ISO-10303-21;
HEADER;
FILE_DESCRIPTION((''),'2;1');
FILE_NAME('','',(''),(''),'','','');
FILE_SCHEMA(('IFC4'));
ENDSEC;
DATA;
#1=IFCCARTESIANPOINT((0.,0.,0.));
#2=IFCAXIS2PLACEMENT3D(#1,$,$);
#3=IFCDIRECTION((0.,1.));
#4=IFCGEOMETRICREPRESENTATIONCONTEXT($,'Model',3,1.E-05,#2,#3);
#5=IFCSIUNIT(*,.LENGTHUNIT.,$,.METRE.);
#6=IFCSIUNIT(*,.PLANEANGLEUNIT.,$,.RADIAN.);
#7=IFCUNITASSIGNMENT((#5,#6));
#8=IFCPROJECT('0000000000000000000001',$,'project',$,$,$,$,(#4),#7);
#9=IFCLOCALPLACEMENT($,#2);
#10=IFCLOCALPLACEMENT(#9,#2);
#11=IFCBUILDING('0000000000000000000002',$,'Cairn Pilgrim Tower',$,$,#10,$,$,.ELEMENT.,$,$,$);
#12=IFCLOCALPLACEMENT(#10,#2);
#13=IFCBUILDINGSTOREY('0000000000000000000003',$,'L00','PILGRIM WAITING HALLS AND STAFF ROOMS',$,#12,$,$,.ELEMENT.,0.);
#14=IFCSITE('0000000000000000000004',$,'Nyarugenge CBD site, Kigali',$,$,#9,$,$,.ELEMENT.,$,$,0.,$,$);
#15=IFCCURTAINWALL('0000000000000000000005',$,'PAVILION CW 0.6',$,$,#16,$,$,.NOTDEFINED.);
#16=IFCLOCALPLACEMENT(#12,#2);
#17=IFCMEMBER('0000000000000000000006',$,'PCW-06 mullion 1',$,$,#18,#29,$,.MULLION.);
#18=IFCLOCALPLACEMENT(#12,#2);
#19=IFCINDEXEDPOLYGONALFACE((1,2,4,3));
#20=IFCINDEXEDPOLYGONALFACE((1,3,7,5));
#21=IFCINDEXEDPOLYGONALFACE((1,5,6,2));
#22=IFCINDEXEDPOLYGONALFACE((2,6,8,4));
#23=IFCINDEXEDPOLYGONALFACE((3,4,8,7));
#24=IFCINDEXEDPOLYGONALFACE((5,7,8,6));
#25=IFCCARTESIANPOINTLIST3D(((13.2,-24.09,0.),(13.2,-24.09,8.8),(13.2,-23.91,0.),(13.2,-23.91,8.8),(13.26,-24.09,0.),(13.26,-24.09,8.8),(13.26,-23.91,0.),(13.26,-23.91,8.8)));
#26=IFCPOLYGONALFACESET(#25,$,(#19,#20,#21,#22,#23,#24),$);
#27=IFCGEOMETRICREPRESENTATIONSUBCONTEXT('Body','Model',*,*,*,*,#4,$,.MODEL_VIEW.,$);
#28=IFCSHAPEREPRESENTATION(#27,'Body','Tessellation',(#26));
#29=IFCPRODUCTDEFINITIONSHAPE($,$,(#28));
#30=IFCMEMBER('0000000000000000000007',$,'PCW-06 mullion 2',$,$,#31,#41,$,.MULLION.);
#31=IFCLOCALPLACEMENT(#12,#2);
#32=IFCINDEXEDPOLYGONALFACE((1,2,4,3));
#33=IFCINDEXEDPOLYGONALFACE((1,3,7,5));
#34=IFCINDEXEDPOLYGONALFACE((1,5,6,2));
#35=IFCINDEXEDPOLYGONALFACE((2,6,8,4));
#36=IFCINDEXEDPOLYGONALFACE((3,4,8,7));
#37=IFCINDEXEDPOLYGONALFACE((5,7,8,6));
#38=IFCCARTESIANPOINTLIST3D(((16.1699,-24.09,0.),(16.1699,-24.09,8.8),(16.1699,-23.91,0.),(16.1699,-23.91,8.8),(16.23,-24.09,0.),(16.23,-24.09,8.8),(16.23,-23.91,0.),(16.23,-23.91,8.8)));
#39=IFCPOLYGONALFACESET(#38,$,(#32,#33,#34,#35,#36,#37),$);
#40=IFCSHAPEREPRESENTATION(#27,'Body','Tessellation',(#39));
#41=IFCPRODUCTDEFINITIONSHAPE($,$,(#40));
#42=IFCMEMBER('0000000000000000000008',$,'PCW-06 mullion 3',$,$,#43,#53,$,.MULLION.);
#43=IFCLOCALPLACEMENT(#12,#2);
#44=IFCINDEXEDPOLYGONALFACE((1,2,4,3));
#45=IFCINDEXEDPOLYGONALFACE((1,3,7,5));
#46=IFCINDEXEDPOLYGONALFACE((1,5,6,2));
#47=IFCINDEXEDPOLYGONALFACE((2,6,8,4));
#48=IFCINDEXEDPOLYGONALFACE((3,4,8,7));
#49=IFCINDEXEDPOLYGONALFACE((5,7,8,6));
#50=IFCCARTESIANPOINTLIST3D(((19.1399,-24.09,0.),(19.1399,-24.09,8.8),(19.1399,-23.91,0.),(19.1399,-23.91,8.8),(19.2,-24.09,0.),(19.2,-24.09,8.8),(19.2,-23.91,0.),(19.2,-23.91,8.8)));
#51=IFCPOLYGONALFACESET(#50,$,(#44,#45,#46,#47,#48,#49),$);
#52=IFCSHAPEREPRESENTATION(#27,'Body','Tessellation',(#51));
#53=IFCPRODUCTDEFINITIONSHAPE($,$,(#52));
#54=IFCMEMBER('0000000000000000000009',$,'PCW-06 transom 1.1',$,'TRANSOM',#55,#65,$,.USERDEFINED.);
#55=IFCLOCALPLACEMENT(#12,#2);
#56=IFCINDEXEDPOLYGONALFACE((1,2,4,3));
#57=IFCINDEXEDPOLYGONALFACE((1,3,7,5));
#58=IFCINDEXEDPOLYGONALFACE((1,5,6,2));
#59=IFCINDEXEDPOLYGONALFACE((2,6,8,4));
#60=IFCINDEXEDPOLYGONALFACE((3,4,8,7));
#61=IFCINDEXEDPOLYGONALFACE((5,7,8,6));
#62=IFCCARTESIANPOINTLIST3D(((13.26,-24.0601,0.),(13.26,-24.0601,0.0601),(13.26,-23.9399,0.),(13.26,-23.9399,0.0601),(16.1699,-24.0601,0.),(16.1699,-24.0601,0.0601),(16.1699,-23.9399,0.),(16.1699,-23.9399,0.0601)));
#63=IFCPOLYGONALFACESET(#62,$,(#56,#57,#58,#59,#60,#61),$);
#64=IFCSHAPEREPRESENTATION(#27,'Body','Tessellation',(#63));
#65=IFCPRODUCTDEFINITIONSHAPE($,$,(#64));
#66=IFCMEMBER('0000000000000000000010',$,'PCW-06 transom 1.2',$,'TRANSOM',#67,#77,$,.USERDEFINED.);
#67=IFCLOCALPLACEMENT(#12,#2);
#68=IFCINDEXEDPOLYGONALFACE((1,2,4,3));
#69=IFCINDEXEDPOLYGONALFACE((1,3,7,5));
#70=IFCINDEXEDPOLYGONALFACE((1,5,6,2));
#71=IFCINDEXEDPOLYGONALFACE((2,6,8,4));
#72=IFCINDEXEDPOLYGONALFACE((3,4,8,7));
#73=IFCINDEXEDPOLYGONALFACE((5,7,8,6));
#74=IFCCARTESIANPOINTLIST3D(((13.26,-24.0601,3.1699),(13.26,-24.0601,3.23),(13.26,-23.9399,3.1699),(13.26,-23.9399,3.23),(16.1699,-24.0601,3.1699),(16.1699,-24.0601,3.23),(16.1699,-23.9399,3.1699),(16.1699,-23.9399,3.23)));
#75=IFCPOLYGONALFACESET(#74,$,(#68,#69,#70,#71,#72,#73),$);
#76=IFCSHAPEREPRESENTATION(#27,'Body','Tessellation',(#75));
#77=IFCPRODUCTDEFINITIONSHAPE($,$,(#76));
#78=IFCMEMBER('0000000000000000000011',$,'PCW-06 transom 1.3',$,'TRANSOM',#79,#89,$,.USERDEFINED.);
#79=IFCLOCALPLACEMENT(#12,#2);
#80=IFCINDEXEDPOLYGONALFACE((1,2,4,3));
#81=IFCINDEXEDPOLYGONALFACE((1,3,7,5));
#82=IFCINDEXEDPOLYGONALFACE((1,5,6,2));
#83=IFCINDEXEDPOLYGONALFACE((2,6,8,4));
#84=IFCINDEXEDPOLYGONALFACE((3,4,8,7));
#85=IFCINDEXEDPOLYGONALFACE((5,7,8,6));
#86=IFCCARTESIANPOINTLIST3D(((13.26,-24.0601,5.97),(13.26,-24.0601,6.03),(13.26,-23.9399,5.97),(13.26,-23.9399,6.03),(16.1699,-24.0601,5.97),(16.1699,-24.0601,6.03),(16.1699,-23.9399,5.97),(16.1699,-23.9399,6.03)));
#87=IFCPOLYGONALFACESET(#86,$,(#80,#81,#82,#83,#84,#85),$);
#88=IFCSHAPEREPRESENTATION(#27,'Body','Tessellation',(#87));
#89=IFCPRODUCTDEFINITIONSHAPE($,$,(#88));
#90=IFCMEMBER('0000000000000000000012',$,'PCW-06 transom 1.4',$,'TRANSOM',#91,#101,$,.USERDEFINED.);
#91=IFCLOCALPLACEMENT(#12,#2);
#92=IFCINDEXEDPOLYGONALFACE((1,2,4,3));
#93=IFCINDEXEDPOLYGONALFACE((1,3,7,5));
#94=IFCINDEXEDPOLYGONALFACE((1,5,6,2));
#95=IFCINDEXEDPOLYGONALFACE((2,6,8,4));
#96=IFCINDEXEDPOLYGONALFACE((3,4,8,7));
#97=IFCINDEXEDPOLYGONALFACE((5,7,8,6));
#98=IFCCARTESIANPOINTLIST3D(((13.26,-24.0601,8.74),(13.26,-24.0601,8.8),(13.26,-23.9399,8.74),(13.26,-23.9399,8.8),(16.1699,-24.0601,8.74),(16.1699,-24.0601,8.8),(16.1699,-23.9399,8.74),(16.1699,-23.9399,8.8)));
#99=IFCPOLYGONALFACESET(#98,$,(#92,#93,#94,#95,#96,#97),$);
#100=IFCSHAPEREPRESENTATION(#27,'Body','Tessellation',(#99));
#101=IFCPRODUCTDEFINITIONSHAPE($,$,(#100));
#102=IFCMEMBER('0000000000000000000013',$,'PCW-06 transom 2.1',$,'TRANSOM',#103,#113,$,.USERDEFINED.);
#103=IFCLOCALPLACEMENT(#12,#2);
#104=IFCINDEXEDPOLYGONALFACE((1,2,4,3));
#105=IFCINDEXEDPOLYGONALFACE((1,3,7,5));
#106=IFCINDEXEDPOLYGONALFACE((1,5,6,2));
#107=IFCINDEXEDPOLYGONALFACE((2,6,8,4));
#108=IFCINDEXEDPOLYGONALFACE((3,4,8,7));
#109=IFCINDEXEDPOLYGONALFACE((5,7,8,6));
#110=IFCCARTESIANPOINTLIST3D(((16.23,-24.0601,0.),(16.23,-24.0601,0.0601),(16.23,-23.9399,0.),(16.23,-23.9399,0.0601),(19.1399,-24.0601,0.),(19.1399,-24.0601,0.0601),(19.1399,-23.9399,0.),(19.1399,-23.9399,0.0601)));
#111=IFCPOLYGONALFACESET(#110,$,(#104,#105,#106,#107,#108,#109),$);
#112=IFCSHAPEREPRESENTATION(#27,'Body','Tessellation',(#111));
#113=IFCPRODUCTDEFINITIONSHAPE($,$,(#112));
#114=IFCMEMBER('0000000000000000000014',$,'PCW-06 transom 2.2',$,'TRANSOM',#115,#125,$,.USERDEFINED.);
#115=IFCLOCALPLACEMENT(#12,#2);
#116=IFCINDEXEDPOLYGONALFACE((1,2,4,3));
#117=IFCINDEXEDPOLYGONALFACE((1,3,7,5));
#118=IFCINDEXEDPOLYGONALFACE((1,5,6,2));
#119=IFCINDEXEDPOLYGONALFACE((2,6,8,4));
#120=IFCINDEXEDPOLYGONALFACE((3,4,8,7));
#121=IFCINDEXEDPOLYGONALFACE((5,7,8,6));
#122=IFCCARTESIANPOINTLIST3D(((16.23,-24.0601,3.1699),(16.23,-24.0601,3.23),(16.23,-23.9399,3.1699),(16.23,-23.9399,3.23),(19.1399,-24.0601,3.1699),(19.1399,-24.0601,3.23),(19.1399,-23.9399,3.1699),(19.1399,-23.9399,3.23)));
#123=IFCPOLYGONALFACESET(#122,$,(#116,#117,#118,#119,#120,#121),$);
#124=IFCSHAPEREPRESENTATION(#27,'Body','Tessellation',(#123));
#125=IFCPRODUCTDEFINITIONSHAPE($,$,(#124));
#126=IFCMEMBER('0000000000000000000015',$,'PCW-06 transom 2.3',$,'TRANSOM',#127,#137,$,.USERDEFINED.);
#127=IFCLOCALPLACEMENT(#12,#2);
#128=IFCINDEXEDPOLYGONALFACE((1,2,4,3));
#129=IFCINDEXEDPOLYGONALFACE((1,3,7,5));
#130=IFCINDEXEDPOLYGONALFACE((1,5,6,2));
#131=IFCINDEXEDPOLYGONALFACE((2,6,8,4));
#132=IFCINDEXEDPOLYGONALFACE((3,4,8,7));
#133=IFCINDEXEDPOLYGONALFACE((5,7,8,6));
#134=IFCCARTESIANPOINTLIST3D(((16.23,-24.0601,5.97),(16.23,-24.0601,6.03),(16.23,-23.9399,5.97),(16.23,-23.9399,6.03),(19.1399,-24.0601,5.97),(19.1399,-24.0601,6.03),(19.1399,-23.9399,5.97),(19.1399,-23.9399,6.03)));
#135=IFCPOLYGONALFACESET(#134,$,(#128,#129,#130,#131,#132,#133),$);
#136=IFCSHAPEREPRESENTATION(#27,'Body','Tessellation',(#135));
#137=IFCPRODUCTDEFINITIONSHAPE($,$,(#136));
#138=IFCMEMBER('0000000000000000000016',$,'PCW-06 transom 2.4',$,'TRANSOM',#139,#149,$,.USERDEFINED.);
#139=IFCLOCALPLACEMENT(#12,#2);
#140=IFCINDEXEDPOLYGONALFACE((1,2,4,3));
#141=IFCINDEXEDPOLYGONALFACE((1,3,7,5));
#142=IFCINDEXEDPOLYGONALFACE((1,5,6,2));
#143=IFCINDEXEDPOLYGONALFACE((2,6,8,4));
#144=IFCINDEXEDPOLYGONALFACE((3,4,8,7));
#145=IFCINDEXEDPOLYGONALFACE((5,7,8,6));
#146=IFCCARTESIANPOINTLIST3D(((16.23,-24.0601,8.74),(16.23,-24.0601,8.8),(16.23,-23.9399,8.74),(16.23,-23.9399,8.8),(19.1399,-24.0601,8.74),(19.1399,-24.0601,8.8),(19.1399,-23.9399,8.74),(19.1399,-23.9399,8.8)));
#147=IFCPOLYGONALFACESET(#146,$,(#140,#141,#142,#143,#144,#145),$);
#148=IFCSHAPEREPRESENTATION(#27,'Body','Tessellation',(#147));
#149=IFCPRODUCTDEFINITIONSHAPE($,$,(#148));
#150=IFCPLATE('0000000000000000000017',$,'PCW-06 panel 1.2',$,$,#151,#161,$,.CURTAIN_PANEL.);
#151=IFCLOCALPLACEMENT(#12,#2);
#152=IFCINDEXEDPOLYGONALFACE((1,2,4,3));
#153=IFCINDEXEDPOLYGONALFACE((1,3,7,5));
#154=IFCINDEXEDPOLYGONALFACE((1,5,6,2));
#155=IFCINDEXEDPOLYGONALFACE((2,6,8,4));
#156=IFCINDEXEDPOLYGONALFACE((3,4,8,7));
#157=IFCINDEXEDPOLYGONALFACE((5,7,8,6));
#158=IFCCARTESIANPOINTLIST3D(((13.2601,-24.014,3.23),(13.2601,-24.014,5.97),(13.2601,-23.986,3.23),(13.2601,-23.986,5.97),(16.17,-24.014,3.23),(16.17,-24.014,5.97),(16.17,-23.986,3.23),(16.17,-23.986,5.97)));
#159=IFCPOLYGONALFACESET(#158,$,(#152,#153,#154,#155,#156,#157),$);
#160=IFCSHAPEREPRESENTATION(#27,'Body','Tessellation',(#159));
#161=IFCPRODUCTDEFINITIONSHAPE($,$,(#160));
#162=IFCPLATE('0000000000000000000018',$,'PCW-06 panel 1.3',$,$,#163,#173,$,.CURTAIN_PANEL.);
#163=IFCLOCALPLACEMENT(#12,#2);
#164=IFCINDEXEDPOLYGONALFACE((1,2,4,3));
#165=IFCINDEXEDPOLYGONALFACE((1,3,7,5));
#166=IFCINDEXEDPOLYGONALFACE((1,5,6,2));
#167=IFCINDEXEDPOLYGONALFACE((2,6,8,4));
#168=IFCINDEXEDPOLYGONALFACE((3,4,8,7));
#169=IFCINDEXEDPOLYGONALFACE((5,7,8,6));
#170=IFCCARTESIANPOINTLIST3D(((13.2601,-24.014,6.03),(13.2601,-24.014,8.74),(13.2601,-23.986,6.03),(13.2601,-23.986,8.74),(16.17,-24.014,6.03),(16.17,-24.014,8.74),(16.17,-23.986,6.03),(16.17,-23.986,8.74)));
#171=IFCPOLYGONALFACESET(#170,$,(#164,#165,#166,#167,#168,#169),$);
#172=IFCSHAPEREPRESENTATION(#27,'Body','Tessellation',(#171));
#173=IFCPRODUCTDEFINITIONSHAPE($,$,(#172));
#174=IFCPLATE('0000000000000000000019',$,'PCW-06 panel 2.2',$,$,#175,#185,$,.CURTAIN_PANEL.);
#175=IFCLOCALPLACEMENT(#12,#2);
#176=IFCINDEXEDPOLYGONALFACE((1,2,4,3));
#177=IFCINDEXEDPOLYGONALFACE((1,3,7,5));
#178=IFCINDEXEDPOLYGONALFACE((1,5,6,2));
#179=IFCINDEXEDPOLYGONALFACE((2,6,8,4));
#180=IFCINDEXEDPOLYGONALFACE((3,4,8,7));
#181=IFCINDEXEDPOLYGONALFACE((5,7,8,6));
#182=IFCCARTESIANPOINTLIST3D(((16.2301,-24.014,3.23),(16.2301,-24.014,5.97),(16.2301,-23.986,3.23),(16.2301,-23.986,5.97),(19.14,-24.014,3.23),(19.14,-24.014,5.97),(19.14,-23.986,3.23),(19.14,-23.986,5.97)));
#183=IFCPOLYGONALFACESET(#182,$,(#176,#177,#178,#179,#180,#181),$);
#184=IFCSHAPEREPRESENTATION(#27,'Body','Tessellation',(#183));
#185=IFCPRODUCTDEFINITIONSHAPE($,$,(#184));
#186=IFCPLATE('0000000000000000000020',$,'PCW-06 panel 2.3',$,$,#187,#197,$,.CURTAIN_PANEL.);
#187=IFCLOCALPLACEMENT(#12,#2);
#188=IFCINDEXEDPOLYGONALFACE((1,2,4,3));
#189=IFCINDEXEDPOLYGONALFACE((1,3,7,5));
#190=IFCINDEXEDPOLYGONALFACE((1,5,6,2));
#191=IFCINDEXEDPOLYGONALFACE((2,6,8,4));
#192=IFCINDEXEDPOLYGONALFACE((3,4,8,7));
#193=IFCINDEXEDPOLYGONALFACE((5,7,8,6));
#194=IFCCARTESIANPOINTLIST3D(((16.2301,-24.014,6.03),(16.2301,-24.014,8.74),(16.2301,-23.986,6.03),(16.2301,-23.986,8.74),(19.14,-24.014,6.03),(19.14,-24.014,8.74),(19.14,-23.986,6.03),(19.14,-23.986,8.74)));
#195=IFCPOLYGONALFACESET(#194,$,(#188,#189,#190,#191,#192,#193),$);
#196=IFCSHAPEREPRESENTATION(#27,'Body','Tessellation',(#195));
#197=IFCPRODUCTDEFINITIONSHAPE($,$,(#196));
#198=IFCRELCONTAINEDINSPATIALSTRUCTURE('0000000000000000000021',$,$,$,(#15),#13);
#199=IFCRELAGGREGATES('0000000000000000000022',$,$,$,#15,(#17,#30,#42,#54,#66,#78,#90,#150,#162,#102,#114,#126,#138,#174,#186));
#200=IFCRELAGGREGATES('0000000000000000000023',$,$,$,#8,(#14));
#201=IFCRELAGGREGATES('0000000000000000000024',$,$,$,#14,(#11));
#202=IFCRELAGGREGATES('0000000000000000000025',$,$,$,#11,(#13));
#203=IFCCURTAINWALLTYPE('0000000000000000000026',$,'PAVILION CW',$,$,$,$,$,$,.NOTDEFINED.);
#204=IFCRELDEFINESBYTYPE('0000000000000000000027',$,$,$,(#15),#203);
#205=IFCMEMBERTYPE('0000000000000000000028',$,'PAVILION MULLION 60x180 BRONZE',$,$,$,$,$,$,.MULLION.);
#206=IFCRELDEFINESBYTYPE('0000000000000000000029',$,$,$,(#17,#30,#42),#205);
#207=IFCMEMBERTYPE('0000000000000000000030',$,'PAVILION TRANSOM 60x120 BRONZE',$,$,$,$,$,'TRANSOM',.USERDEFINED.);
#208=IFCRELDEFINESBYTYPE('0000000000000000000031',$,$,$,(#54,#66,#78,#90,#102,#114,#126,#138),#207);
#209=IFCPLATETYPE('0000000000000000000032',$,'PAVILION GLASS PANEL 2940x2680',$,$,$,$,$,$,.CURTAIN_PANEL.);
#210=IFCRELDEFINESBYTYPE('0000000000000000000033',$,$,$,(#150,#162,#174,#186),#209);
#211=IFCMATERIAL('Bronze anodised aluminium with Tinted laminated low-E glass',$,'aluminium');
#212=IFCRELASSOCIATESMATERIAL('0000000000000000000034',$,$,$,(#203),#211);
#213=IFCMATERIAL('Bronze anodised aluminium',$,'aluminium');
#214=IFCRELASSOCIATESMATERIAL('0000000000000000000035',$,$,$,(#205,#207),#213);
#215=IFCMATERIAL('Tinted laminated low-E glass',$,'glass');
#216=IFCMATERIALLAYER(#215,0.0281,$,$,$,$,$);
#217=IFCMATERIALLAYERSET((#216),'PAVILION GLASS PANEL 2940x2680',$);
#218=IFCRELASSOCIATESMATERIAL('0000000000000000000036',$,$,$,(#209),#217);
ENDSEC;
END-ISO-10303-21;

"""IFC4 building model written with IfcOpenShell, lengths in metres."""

from ifc_helpers import new_model, si_unit, direction, frame, origin, origin_2d, place, context, subcontext, project, spatial, rectangle, extrude, material, layer, layer_set, material_profile, profile_set, type_object, element, aggregate, save


model = new_model("IFC4")

# Units and contexts
model_context = context("Model", 3, precision=1e-05, world=origin(), true_north=direction((0.0, 1.0)))
body_context = subcontext(model_context, "Body", "Model", "MODEL_VIEW")
ifc_project = project(units=[si_unit("LENGTHUNIT", "METRE"), si_unit("PLANEANGLEUNIT", "RADIAN")], contexts=[model_context])

# Site, building, storey
site_placement = place(None, origin())
site = spatial("IfcSite", under=ifc_project, at=site_placement, Name="Nyarugenge CBD site, Kigali", CompositionType="ELEMENT", RefElevation=0.0)
building_placement = place(site_placement, origin())
building = spatial("IfcBuilding", under=site, at=building_placement, Name="Cairn Pilgrim Tower", CompositionType="ELEMENT")
storey_placement = place(building_placement, origin())
storey = spatial("IfcBuildingStorey", under=building, at=storey_placement, Name="L00", Description="PILGRIM WAITING HALLS AND STAFF ROOMS", CompositionType="ELEMENT", Elevation=0.0)

# Curtain wall, members, plates
ifc_material_1 = material(Name="Bronze anodised aluminium with Tinted laminated low-E glass", Category="aluminium")
curtain_wall_type = type_object("IfcCurtainWallType", Name="PAVILION CW", PredefinedType="NOTDEFINED", material=ifc_material_1)
curtain_wall_placement = place(storey_placement, origin())
curtain_wall = element("IfcCurtainWall", 1, at=curtain_wall_placement, inside=storey, type_object=curtain_wall_type, Name="PAVILION CW 0.6", PredefinedType="NOTDEFINED")
ifc_material_2 = material(Name="Bronze anodised aluminium", Category="aluminium")
ifc_material_profile_1 = material_profile(ifc_material_2, rectangle(XDim=0.1799, YDim=0.0601, at=origin_2d()), Name="PAVILION MULLION 60x180 BRONZE")
ifc_profile_set_1 = profile_set([ifc_material_profile_1], Name="Bronze anodised aluminium")
member_type_1 = type_object("IfcMemberType", Name="PAVILION MULLION 60x180 BRONZE", PredefinedType="MULLION", material=ifc_profile_set_1)
member_1_placement = place(storey_placement, frame((13.23, -24.0, 0.0), z_axis=(0.0, 0.0, 1.0), x_axis=(0.0, 1.0, 0.0)))
member_1 = element("IfcMember", 2, at=member_1_placement, type_object=member_type_1, Name="PCW-06 mullion 1", PredefinedType="MULLION", context=body_context, shape_type="SweptSolid", body=[
    extrude(rectangle(XDim=0.1799, YDim=0.0601, at=origin_2d()), origin(), (0.0, 0.0, 1.0), 8.8),
])
member_2_placement = place(storey_placement, frame((16.2, -24.0, 0.0), z_axis=(0.0, 0.0, 1.0), x_axis=(0.0, 1.0, 0.0)))
member_2 = element("IfcMember", 3, at=member_2_placement, type_object=member_type_1, Name="PCW-06 mullion 2", PredefinedType="MULLION", context=body_context, shape_type="SweptSolid", body=[
    extrude(rectangle(XDim=0.1799, YDim=0.0601, at=origin_2d()), origin(), (0.0, 0.0, 1.0), 8.8),
])
member_3_placement = place(storey_placement, frame((19.1699, -24.0, 0.0), z_axis=(0.0, 0.0, 1.0), x_axis=(0.0, 1.0, 0.0)))
member_3 = element("IfcMember", 4, at=member_3_placement, type_object=member_type_1, Name="PCW-06 mullion 3", PredefinedType="MULLION", context=body_context, shape_type="SweptSolid", body=[
    extrude(rectangle(XDim=0.1799, YDim=0.0601, at=origin_2d()), origin(), (0.0, 0.0, 1.0), 8.8),
])
ifc_material_profile_2 = material_profile(ifc_material_2, rectangle(XDim=0.1201, YDim=0.0601, at=origin_2d()), Name="PAVILION TRANSOM 60x120 BRONZE")
ifc_profile_set_2 = profile_set([ifc_material_profile_2], Name="Bronze anodised aluminium")
member_type_2 = type_object("IfcMemberType", Name="PAVILION TRANSOM 60x120 BRONZE", ElementType="TRANSOM", PredefinedType="USERDEFINED", material=ifc_profile_set_2)
member_4_placement = place(storey_placement, frame((13.26, -24.0, 0.03), z_axis=(1.0, 0.0, 0.0), x_axis=(0.0, 1.0, 0.0)))
member_4 = element("IfcMember", 5, at=member_4_placement, type_object=member_type_2, Name="PCW-06 transom 1.1", ObjectType="TRANSOM", PredefinedType="USERDEFINED", context=body_context, shape_type="SweptSolid", body=[
    extrude(rectangle(XDim=0.1201, YDim=0.0601, at=origin_2d()), origin(), (0.0, 0.0, 1.0), 2.9099),
])
member_5_placement = place(storey_placement, frame((13.26, -24.0, 3.2), z_axis=(1.0, 0.0, 0.0), x_axis=(0.0, 1.0, 0.0)))
member_5 = element("IfcMember", 6, at=member_5_placement, type_object=member_type_2, Name="PCW-06 transom 1.2", ObjectType="TRANSOM", PredefinedType="USERDEFINED", context=body_context, shape_type="SweptSolid", body=[
    extrude(rectangle(XDim=0.1201, YDim=0.0601, at=origin_2d()), origin(), (0.0, 0.0, 1.0), 2.9099),
])
member_6_placement = place(storey_placement, frame((13.26, -24.0, 6.0), z_axis=(1.0, 0.0, 0.0), x_axis=(0.0, 1.0, 0.0)))
member_6 = element("IfcMember", 7, at=member_6_placement, type_object=member_type_2, Name="PCW-06 transom 1.3", ObjectType="TRANSOM", PredefinedType="USERDEFINED", context=body_context, shape_type="SweptSolid", body=[
    extrude(rectangle(XDim=0.1201, YDim=0.0601, at=origin_2d()), origin(), (0.0, 0.0, 1.0), 2.9099),
])
member_7_placement = place(storey_placement, frame((13.26, -24.0, 8.77), z_axis=(1.0, 0.0, 0.0), x_axis=(0.0, 1.0, 0.0)))
member_7 = element("IfcMember", 8, at=member_7_placement, type_object=member_type_2, Name="PCW-06 transom 1.4", ObjectType="TRANSOM", PredefinedType="USERDEFINED", context=body_context, shape_type="SweptSolid", body=[
    extrude(rectangle(XDim=0.1201, YDim=0.0601, at=origin_2d()), origin(), (0.0, 0.0, 1.0), 2.9099),
])
member_8_placement = place(storey_placement, frame((16.23, -24.0, 0.03), z_axis=(1.0, 0.0, 0.0), x_axis=(0.0, 1.0, 0.0)))
member_8 = element("IfcMember", 9, at=member_8_placement, type_object=member_type_2, Name="PCW-06 transom 2.1", ObjectType="TRANSOM", PredefinedType="USERDEFINED", context=body_context, shape_type="SweptSolid", body=[
    extrude(rectangle(XDim=0.1201, YDim=0.0601, at=origin_2d()), origin(), (0.0, 0.0, 1.0), 2.9099),
])
member_9_placement = place(storey_placement, frame((16.23, -24.0, 3.2), z_axis=(1.0, 0.0, 0.0), x_axis=(0.0, 1.0, 0.0)))
member_9 = element("IfcMember", 10, at=member_9_placement, type_object=member_type_2, Name="PCW-06 transom 2.2", ObjectType="TRANSOM", PredefinedType="USERDEFINED", context=body_context, shape_type="SweptSolid", body=[
    extrude(rectangle(XDim=0.1201, YDim=0.0601, at=origin_2d()), origin(), (0.0, 0.0, 1.0), 2.9099),
])
member_10_placement = place(storey_placement, frame((16.23, -24.0, 6.0), z_axis=(1.0, 0.0, 0.0), x_axis=(0.0, 1.0, 0.0)))
member_10 = element("IfcMember", 11, at=member_10_placement, type_object=member_type_2, Name="PCW-06 transom 2.3", ObjectType="TRANSOM", PredefinedType="USERDEFINED", context=body_context, shape_type="SweptSolid", body=[
    extrude(rectangle(XDim=0.1201, YDim=0.0601, at=origin_2d()), origin(), (0.0, 0.0, 1.0), 2.9099),
])
member_11_placement = place(storey_placement, frame((16.23, -24.0, 8.77), z_axis=(1.0, 0.0, 0.0), x_axis=(0.0, 1.0, 0.0)))
member_11 = element("IfcMember", 12, at=member_11_placement, type_object=member_type_2, Name="PCW-06 transom 2.4", ObjectType="TRANSOM", PredefinedType="USERDEFINED", context=body_context, shape_type="SweptSolid", body=[
    extrude(rectangle(XDim=0.1201, YDim=0.0601, at=origin_2d()), origin(), (0.0, 0.0, 1.0), 2.9099),
])
ifc_material_3 = material(Name="Tinted laminated low-E glass", Category="glass")
ifc_layer_1 = layer(ifc_material_3, 0.0281)
ifc_layer_set_1 = layer_set([ifc_layer_1], Name="PAVILION GLASS PANEL 2940x2680")
plate_type_1 = type_object("IfcPlateType", Name="PAVILION GLASS PANEL 2940x2680", PredefinedType="CURTAIN_PANEL", material=ifc_layer_set_1)
plate_1_placement = place(storey_placement, frame((14.7151, -24.0, 3.23), z_axis=(0.0, 0.0, 1.0), x_axis=(1.0, 0.0, 0.0)))
plate_1 = element("IfcPlate", 13, at=plate_1_placement, type_object=plate_type_1, Name="PCW-06 panel 1.2", PredefinedType="CURTAIN_PANEL", context=body_context, shape_type="SweptSolid", body=[
    extrude(rectangle(XDim=2.9099, YDim=0.0281, at=origin_2d()), origin(), (0.0, 0.0, 1.0), 2.74),
])
plate_2_placement = place(storey_placement, frame((14.7151, -24.0, 6.03), z_axis=(0.0, 0.0, 1.0), x_axis=(1.0, 0.0, 0.0)))
plate_2 = element("IfcPlate", 14, at=plate_2_placement, type_object=plate_type_1, Name="PCW-06 panel 1.3", PredefinedType="CURTAIN_PANEL", context=body_context, shape_type="SweptSolid", body=[
    extrude(rectangle(XDim=2.9099, YDim=0.0281, at=origin_2d()), origin(), (0.0, 0.0, 1.0), 2.71),
])
plate_3_placement = place(storey_placement, frame((17.6851, -24.0, 3.23), z_axis=(0.0, 0.0, 1.0), x_axis=(1.0, 0.0, 0.0)))
plate_3 = element("IfcPlate", 15, at=plate_3_placement, type_object=plate_type_1, Name="PCW-06 panel 2.2", PredefinedType="CURTAIN_PANEL", context=body_context, shape_type="SweptSolid", body=[
    extrude(rectangle(XDim=2.9099, YDim=0.0281, at=origin_2d()), origin(), (0.0, 0.0, 1.0), 2.74),
])
plate_4_placement = place(storey_placement, frame((17.6851, -24.0, 6.03), z_axis=(0.0, 0.0, 1.0), x_axis=(1.0, 0.0, 0.0)))
plate_4 = element("IfcPlate", 16, at=plate_4_placement, type_object=plate_type_1, Name="PCW-06 panel 2.3", PredefinedType="CURTAIN_PANEL", context=body_context, shape_type="SweptSolid", body=[
    extrude(rectangle(XDim=2.9099, YDim=0.0281, at=origin_2d()), origin(), (0.0, 0.0, 1.0), 2.71),
])
aggregate(curtain_wall, [member_1, member_2, member_3, member_4, member_5, member_6, member_7, plate_1, plate_2, member_8, member_9, member_10, member_11, plate_3, plate_4])

save(model, "model.ifc")
